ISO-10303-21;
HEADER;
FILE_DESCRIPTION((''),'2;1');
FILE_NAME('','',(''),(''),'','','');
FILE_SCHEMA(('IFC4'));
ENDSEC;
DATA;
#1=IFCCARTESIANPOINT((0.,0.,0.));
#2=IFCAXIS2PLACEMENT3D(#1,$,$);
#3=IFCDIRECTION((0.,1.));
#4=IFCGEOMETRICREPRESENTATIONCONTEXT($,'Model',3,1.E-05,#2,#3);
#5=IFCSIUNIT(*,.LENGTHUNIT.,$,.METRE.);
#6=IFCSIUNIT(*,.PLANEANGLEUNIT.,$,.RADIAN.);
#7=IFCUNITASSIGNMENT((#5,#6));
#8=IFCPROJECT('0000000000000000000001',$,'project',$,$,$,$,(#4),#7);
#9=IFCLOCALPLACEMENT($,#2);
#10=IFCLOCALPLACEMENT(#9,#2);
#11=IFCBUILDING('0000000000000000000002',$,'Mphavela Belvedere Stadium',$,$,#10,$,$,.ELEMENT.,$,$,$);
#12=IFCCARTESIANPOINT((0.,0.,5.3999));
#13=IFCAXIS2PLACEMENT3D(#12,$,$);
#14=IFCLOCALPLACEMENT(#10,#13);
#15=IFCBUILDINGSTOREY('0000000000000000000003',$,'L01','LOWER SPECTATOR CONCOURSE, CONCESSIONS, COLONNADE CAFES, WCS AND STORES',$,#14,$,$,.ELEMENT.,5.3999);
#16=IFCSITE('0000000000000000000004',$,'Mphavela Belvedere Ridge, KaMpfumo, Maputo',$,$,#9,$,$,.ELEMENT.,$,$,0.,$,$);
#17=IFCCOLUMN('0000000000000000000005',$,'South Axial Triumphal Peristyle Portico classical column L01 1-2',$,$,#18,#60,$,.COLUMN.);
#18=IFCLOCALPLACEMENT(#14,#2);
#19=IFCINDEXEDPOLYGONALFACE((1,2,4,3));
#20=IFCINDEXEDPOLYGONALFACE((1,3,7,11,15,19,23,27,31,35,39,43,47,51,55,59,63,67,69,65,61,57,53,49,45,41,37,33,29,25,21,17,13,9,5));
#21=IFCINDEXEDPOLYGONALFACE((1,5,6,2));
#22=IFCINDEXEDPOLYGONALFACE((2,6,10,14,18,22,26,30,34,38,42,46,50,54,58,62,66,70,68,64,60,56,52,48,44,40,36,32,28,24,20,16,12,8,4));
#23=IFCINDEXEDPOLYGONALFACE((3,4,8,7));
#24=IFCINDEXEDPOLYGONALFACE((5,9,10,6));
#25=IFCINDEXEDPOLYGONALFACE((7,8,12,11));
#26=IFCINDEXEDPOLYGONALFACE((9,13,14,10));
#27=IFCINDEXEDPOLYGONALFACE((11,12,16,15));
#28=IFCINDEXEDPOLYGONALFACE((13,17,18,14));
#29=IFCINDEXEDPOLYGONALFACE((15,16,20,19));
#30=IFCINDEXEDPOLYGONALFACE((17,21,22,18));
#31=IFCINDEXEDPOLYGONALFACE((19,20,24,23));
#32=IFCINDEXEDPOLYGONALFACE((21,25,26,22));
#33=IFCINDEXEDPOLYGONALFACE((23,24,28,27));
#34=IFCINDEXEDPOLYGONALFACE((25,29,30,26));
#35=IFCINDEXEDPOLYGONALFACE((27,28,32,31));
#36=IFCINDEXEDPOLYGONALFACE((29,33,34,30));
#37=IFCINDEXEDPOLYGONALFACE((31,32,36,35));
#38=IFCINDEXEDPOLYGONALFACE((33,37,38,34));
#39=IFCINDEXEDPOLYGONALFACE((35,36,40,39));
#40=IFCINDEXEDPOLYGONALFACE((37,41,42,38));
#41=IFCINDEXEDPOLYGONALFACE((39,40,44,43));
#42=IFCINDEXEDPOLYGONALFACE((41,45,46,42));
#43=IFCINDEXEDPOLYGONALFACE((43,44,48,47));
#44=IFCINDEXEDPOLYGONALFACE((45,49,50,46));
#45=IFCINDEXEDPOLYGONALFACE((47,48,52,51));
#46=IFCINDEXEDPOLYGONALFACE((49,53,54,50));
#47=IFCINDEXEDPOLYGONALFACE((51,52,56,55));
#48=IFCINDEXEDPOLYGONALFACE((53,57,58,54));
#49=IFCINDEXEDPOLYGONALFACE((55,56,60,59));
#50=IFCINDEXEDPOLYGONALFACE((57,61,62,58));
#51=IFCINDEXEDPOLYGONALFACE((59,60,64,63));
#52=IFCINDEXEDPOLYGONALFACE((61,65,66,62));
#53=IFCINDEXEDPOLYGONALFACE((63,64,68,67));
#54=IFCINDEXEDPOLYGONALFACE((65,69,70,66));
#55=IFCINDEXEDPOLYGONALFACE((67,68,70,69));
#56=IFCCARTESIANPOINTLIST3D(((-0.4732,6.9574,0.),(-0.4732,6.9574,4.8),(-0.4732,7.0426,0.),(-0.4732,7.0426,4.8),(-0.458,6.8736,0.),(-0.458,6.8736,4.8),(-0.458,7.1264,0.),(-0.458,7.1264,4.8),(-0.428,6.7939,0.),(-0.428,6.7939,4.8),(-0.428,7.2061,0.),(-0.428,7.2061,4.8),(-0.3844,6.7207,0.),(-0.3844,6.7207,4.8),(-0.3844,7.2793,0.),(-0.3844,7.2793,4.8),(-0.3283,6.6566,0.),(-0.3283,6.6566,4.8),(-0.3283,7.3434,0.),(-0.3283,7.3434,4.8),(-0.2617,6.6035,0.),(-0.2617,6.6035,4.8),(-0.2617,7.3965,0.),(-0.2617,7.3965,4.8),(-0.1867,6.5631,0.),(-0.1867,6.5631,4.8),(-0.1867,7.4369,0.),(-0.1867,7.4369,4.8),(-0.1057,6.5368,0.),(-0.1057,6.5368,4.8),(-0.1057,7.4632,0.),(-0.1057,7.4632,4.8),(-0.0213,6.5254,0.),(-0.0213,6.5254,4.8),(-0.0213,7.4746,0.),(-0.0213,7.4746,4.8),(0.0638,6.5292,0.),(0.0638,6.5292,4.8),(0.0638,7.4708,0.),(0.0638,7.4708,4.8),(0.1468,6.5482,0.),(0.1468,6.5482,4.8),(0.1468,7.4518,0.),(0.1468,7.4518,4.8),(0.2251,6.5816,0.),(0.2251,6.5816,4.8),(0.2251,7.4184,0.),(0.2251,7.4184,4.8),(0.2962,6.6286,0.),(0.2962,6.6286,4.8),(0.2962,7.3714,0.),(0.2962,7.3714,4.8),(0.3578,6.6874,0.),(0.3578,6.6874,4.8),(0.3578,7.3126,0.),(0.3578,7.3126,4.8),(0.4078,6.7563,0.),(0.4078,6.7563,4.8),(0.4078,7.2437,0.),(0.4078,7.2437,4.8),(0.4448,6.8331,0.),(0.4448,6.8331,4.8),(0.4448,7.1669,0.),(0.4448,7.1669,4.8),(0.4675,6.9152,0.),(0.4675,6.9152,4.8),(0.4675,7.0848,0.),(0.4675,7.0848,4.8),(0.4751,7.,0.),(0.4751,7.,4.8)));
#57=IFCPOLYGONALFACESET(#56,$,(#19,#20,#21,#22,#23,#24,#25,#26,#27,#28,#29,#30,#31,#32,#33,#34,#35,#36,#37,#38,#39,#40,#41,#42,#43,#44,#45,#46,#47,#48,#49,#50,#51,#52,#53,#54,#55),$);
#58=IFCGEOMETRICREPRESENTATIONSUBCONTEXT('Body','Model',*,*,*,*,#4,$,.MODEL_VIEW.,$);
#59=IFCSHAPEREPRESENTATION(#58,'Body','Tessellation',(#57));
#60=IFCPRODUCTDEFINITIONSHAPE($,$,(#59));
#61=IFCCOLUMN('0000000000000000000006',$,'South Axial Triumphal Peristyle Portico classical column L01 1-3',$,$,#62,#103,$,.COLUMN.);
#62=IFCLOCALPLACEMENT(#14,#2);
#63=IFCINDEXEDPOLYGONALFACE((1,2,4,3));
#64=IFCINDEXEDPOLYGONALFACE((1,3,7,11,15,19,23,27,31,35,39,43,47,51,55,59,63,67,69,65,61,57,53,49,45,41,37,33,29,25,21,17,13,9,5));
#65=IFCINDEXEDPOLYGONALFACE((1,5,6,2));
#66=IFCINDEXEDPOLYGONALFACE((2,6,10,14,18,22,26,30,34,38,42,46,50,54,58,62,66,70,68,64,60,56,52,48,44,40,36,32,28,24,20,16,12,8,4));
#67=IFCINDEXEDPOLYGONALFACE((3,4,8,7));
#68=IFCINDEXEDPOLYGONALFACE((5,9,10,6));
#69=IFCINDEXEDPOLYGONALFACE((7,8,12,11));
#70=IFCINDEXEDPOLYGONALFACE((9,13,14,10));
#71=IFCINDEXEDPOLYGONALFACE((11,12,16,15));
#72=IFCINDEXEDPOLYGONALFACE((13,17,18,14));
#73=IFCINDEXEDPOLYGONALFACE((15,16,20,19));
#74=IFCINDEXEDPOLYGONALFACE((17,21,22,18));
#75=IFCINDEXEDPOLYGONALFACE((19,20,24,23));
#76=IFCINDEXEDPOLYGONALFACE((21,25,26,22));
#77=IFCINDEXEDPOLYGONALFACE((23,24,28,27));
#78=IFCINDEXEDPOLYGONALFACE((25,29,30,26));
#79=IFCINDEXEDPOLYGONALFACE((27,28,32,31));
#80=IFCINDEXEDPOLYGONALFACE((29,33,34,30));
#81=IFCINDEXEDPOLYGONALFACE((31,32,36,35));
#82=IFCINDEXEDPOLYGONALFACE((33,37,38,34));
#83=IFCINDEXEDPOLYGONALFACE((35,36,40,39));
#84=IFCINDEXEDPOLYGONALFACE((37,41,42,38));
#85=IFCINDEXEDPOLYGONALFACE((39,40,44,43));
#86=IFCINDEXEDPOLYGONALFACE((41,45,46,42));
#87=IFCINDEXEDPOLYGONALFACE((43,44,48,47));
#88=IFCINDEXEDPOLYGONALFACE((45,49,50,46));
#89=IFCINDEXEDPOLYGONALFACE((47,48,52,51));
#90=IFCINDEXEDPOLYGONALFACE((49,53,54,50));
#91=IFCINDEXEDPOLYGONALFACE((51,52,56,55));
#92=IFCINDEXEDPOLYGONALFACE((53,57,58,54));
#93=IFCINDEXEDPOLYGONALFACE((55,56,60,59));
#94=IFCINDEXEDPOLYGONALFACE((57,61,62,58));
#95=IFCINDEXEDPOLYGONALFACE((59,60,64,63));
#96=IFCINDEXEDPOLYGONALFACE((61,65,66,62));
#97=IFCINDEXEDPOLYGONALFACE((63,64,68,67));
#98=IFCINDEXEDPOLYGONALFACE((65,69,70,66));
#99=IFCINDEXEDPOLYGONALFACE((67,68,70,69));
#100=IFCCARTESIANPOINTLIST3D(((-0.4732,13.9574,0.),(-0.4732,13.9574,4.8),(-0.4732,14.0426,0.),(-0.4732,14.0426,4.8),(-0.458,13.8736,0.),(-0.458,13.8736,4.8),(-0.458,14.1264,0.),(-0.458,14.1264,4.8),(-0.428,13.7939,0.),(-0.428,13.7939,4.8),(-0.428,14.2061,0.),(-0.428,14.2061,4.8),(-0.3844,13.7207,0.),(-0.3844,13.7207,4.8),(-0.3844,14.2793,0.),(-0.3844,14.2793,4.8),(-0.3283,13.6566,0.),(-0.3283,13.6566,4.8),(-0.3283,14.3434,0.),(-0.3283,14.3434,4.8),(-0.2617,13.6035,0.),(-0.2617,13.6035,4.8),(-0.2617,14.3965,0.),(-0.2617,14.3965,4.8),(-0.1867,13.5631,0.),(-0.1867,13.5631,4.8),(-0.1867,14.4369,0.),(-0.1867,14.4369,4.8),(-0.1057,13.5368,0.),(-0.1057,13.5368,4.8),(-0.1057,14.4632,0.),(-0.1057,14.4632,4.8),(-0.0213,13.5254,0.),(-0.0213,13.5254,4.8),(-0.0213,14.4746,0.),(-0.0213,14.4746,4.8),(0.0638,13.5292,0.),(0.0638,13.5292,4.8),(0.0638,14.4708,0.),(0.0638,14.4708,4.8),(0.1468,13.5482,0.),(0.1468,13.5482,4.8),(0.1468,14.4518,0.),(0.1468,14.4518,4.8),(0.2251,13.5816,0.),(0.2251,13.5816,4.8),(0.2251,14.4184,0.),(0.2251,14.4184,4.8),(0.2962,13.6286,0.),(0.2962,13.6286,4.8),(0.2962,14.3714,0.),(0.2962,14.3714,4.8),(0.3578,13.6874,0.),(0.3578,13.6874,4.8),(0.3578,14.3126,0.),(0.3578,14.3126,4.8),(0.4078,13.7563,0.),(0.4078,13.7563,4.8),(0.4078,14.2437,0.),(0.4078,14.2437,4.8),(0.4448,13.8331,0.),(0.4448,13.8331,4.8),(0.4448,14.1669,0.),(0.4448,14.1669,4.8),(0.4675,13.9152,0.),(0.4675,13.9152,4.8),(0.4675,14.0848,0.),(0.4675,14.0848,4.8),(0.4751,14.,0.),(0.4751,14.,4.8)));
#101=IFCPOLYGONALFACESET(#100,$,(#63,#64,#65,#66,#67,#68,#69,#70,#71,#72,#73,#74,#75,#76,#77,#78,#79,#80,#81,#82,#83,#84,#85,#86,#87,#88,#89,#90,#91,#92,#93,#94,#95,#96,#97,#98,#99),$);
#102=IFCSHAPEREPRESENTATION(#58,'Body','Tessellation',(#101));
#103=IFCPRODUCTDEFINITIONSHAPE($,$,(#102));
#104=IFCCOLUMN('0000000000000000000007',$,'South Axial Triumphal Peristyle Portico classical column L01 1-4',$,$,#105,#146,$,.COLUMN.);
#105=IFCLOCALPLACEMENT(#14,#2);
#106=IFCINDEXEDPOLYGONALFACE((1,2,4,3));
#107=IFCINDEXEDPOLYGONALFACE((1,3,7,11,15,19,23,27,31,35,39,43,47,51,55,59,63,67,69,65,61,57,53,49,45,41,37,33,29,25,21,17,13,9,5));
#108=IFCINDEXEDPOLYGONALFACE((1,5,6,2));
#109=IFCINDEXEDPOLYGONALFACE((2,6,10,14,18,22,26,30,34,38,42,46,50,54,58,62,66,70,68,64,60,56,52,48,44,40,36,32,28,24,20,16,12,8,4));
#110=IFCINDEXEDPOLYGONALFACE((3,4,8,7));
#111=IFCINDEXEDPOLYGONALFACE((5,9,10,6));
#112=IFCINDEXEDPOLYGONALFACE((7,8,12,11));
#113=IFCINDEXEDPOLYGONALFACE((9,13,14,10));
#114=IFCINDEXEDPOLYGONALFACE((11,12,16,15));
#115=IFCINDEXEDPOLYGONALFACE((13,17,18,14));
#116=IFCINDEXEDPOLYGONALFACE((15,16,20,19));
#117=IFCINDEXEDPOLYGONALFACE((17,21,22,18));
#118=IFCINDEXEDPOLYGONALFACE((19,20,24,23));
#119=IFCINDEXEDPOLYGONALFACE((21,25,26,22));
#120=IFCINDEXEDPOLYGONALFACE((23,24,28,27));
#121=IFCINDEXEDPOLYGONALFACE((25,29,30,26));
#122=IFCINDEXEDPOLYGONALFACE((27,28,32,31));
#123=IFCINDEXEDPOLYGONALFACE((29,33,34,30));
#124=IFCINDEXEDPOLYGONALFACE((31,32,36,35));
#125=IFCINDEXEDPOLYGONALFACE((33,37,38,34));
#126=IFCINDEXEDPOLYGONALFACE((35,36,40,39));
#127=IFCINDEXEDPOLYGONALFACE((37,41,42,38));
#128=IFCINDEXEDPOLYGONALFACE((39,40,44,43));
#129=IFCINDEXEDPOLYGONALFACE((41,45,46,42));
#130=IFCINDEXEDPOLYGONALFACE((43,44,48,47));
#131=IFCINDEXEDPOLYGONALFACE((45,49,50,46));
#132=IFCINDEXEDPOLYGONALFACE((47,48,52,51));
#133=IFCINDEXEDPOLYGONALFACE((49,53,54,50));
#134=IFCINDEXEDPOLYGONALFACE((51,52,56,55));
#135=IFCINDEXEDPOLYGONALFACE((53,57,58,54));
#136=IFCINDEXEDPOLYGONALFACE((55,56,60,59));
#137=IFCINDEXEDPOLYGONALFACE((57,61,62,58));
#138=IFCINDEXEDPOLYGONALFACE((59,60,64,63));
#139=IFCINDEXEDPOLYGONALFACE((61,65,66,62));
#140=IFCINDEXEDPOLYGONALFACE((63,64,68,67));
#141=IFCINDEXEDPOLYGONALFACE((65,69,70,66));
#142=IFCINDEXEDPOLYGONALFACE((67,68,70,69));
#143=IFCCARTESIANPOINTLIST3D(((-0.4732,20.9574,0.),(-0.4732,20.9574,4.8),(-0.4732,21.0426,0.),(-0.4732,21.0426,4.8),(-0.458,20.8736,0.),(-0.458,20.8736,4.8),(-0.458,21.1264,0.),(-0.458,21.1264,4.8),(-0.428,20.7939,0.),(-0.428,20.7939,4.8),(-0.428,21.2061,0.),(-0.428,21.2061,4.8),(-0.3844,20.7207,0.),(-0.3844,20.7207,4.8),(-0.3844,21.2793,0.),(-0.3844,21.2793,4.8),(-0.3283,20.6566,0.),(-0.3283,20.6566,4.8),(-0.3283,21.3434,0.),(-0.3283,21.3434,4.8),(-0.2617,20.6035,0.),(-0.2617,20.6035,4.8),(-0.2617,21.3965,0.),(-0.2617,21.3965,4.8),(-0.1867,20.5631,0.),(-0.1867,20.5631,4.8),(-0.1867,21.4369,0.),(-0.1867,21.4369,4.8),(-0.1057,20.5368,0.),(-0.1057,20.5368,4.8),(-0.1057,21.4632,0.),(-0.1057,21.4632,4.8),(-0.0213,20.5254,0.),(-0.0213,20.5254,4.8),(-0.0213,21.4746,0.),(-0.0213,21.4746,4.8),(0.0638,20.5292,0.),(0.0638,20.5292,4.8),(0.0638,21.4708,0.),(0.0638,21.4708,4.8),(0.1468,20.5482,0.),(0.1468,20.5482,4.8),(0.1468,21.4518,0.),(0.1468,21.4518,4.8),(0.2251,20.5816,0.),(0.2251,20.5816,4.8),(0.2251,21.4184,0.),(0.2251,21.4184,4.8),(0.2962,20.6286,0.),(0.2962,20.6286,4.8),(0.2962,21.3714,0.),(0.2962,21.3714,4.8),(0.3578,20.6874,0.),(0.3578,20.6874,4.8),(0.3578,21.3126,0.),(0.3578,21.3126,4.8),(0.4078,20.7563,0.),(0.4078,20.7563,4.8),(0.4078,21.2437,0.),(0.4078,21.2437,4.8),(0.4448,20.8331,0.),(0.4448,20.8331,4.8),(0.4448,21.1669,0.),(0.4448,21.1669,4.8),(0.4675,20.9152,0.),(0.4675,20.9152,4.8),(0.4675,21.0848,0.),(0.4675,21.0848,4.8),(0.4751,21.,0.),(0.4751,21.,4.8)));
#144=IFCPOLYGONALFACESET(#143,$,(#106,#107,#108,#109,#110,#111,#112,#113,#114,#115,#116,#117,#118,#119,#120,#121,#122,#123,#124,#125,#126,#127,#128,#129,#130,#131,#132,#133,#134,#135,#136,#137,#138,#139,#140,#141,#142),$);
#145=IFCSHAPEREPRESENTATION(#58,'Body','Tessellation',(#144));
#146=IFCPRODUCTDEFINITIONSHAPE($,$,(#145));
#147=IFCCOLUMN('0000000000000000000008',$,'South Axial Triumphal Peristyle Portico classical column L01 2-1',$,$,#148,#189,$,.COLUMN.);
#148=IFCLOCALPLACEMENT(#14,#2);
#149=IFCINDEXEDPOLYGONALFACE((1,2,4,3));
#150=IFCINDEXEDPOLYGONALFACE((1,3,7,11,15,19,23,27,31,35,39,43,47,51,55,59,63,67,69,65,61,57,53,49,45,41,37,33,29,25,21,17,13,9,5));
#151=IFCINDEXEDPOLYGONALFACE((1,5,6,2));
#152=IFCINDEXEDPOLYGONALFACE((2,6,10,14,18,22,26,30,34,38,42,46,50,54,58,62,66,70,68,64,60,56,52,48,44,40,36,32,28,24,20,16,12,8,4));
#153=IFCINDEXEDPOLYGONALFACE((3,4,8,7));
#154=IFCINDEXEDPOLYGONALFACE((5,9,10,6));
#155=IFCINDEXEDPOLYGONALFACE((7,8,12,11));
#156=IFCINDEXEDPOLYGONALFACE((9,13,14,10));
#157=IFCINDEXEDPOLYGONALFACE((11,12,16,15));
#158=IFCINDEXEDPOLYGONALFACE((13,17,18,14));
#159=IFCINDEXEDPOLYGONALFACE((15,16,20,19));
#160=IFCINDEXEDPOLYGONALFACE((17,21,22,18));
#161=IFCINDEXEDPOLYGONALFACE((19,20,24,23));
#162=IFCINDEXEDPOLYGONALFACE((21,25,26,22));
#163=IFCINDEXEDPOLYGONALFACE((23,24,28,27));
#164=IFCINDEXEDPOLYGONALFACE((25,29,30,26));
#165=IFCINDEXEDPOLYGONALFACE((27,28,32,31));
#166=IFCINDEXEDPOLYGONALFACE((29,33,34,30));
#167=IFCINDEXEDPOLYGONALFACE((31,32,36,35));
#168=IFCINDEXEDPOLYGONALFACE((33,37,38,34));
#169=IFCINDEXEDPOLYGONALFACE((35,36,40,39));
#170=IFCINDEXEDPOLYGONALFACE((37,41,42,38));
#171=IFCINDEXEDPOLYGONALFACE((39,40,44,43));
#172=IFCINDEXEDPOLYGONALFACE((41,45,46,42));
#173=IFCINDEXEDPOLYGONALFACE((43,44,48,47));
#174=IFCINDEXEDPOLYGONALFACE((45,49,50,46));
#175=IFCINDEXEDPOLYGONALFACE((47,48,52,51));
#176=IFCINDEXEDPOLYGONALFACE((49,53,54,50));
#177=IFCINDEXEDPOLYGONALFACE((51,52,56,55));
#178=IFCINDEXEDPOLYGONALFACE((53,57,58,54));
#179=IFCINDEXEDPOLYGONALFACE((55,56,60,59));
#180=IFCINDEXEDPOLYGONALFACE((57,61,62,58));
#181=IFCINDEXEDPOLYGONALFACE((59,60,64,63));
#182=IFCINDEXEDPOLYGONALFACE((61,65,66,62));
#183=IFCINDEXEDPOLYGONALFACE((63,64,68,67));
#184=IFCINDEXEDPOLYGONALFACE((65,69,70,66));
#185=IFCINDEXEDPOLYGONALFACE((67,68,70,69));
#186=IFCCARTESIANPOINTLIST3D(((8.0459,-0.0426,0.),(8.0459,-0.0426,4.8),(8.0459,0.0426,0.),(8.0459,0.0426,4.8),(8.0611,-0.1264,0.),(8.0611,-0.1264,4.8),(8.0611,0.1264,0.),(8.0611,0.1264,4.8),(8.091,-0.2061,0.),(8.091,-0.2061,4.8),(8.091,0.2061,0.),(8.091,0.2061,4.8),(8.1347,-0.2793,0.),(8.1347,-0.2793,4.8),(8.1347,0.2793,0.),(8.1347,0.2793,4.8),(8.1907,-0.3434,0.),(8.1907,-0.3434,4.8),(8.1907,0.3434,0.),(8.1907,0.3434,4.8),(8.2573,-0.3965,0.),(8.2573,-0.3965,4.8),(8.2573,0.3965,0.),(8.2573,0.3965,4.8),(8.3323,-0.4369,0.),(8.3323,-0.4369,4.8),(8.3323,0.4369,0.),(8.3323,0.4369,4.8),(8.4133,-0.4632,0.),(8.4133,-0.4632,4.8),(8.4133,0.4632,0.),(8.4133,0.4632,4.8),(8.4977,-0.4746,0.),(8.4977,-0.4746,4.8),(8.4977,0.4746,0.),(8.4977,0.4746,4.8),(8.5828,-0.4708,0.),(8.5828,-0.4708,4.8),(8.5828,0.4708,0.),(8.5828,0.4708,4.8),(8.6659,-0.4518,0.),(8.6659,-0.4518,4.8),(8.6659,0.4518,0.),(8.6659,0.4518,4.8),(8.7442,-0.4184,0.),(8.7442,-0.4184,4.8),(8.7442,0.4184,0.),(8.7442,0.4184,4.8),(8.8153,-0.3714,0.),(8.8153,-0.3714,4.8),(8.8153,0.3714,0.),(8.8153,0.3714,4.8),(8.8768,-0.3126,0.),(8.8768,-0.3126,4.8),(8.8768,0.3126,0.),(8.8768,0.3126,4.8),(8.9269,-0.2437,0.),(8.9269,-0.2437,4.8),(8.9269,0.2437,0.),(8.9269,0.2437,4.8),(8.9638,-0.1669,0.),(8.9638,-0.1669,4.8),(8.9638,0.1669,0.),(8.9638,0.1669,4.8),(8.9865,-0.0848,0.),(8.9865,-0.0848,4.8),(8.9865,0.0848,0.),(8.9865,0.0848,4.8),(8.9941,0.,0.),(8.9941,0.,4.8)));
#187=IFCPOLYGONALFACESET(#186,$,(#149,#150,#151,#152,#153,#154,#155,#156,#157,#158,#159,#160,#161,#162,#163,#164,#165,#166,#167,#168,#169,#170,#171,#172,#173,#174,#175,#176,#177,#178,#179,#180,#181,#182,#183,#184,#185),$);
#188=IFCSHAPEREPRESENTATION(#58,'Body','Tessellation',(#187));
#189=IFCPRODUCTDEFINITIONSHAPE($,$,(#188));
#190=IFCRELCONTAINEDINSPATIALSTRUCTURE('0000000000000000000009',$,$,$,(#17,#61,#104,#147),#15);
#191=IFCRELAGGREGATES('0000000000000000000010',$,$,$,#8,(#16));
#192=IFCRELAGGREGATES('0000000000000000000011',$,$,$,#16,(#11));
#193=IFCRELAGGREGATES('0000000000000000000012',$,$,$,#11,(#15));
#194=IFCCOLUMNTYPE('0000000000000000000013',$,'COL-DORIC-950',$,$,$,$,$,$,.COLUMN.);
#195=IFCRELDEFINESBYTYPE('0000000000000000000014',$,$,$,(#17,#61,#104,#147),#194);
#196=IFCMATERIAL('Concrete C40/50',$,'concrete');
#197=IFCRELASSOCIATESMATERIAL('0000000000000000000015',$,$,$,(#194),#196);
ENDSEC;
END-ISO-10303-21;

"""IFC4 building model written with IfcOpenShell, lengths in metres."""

from ifc_helpers import new_model, si_unit, direction, frame, origin, origin_2d, place, context, subcontext, project, spatial, circle, extrude, material, material_profile, profile_set, type_object, element, save


model = new_model("IFC4")

# Units and contexts
model_context = context("Model", 3, precision=1e-05, world=origin(), true_north=direction((0.0, 1.0)))
body_context = subcontext(model_context, "Body", "Model", "MODEL_VIEW")
ifc_project = project(units=[si_unit("LENGTHUNIT", "METRE"), si_unit("PLANEANGLEUNIT", "RADIAN")], contexts=[model_context])

# Site, building, storey
site_placement = place(None, origin())
site = spatial("IfcSite", under=ifc_project, at=site_placement, Name="Mphavela Belvedere Ridge, KaMpfumo, Maputo", CompositionType="ELEMENT", RefElevation=0.0)
building_placement = place(site_placement, origin())
building = spatial("IfcBuilding", under=site, at=building_placement, Name="Mphavela Belvedere Stadium", CompositionType="ELEMENT")
storey_placement = place(building_placement, frame((0.0, 0.0, 5.3999)))
storey = spatial("IfcBuildingStorey", under=building, at=storey_placement, Name="L01", Description="LOWER SPECTATOR CONCOURSE, CONCESSIONS, COLONNADE CAFES, WCS AND STORES", CompositionType="ELEMENT", Elevation=5.3999)

# Columns
ifc_material_1 = material(Name="Concrete C40/50", Category="concrete")
ifc_material_profile_1 = material_profile(ifc_material_1, circle(Radius=0.4751, at=origin_2d()), Name="COL D950")
ifc_profile_set_1 = profile_set([ifc_material_profile_1], Name="Concrete C40/50")
column_type = type_object("IfcColumnType", Name="COL-DORIC-950", PredefinedType="COLUMN", material=ifc_profile_set_1)
for number, where, z_axis, x_axis, name in (
    (1, (0.0, 7.0, 0.0), (0.0, 0.0, 1.0), (1.0, 0.0, 0.0), "South Axial Triumphal Peristyle Portico classical column L01 1-2"),
    (2, (0.0, 14.0, 0.0), (0.0, 0.0, 1.0), (1.0, 0.0, 0.0), "South Axial Triumphal Peristyle Portico classical column L01 1-3"),
    (3, (0.0, 21.0, 0.0), (0.0, 0.0, 1.0), (1.0, 0.0, 0.0), "South Axial Triumphal Peristyle Portico classical column L01 1-4"),
    (4, (8.519, 0.0, 0.0), (0.0, 0.0, 1.0), (1.0, 0.0, 0.0), "South Axial Triumphal Peristyle Portico classical column L01 2-1"),
):
    element("IfcColumn", number, at=place(storey_placement, frame(where, z_axis=z_axis, x_axis=x_axis)), inside=storey, type_object=column_type, Name=name, PredefinedType="COLUMN", context=body_context, shape_type="SweptSolid", body=[
        extrude(circle(Radius=0.4751, at=origin_2d()), origin(), (0.0, 0.0, 1.0), 4.8),
    ])

save(model, "model.ifc")
